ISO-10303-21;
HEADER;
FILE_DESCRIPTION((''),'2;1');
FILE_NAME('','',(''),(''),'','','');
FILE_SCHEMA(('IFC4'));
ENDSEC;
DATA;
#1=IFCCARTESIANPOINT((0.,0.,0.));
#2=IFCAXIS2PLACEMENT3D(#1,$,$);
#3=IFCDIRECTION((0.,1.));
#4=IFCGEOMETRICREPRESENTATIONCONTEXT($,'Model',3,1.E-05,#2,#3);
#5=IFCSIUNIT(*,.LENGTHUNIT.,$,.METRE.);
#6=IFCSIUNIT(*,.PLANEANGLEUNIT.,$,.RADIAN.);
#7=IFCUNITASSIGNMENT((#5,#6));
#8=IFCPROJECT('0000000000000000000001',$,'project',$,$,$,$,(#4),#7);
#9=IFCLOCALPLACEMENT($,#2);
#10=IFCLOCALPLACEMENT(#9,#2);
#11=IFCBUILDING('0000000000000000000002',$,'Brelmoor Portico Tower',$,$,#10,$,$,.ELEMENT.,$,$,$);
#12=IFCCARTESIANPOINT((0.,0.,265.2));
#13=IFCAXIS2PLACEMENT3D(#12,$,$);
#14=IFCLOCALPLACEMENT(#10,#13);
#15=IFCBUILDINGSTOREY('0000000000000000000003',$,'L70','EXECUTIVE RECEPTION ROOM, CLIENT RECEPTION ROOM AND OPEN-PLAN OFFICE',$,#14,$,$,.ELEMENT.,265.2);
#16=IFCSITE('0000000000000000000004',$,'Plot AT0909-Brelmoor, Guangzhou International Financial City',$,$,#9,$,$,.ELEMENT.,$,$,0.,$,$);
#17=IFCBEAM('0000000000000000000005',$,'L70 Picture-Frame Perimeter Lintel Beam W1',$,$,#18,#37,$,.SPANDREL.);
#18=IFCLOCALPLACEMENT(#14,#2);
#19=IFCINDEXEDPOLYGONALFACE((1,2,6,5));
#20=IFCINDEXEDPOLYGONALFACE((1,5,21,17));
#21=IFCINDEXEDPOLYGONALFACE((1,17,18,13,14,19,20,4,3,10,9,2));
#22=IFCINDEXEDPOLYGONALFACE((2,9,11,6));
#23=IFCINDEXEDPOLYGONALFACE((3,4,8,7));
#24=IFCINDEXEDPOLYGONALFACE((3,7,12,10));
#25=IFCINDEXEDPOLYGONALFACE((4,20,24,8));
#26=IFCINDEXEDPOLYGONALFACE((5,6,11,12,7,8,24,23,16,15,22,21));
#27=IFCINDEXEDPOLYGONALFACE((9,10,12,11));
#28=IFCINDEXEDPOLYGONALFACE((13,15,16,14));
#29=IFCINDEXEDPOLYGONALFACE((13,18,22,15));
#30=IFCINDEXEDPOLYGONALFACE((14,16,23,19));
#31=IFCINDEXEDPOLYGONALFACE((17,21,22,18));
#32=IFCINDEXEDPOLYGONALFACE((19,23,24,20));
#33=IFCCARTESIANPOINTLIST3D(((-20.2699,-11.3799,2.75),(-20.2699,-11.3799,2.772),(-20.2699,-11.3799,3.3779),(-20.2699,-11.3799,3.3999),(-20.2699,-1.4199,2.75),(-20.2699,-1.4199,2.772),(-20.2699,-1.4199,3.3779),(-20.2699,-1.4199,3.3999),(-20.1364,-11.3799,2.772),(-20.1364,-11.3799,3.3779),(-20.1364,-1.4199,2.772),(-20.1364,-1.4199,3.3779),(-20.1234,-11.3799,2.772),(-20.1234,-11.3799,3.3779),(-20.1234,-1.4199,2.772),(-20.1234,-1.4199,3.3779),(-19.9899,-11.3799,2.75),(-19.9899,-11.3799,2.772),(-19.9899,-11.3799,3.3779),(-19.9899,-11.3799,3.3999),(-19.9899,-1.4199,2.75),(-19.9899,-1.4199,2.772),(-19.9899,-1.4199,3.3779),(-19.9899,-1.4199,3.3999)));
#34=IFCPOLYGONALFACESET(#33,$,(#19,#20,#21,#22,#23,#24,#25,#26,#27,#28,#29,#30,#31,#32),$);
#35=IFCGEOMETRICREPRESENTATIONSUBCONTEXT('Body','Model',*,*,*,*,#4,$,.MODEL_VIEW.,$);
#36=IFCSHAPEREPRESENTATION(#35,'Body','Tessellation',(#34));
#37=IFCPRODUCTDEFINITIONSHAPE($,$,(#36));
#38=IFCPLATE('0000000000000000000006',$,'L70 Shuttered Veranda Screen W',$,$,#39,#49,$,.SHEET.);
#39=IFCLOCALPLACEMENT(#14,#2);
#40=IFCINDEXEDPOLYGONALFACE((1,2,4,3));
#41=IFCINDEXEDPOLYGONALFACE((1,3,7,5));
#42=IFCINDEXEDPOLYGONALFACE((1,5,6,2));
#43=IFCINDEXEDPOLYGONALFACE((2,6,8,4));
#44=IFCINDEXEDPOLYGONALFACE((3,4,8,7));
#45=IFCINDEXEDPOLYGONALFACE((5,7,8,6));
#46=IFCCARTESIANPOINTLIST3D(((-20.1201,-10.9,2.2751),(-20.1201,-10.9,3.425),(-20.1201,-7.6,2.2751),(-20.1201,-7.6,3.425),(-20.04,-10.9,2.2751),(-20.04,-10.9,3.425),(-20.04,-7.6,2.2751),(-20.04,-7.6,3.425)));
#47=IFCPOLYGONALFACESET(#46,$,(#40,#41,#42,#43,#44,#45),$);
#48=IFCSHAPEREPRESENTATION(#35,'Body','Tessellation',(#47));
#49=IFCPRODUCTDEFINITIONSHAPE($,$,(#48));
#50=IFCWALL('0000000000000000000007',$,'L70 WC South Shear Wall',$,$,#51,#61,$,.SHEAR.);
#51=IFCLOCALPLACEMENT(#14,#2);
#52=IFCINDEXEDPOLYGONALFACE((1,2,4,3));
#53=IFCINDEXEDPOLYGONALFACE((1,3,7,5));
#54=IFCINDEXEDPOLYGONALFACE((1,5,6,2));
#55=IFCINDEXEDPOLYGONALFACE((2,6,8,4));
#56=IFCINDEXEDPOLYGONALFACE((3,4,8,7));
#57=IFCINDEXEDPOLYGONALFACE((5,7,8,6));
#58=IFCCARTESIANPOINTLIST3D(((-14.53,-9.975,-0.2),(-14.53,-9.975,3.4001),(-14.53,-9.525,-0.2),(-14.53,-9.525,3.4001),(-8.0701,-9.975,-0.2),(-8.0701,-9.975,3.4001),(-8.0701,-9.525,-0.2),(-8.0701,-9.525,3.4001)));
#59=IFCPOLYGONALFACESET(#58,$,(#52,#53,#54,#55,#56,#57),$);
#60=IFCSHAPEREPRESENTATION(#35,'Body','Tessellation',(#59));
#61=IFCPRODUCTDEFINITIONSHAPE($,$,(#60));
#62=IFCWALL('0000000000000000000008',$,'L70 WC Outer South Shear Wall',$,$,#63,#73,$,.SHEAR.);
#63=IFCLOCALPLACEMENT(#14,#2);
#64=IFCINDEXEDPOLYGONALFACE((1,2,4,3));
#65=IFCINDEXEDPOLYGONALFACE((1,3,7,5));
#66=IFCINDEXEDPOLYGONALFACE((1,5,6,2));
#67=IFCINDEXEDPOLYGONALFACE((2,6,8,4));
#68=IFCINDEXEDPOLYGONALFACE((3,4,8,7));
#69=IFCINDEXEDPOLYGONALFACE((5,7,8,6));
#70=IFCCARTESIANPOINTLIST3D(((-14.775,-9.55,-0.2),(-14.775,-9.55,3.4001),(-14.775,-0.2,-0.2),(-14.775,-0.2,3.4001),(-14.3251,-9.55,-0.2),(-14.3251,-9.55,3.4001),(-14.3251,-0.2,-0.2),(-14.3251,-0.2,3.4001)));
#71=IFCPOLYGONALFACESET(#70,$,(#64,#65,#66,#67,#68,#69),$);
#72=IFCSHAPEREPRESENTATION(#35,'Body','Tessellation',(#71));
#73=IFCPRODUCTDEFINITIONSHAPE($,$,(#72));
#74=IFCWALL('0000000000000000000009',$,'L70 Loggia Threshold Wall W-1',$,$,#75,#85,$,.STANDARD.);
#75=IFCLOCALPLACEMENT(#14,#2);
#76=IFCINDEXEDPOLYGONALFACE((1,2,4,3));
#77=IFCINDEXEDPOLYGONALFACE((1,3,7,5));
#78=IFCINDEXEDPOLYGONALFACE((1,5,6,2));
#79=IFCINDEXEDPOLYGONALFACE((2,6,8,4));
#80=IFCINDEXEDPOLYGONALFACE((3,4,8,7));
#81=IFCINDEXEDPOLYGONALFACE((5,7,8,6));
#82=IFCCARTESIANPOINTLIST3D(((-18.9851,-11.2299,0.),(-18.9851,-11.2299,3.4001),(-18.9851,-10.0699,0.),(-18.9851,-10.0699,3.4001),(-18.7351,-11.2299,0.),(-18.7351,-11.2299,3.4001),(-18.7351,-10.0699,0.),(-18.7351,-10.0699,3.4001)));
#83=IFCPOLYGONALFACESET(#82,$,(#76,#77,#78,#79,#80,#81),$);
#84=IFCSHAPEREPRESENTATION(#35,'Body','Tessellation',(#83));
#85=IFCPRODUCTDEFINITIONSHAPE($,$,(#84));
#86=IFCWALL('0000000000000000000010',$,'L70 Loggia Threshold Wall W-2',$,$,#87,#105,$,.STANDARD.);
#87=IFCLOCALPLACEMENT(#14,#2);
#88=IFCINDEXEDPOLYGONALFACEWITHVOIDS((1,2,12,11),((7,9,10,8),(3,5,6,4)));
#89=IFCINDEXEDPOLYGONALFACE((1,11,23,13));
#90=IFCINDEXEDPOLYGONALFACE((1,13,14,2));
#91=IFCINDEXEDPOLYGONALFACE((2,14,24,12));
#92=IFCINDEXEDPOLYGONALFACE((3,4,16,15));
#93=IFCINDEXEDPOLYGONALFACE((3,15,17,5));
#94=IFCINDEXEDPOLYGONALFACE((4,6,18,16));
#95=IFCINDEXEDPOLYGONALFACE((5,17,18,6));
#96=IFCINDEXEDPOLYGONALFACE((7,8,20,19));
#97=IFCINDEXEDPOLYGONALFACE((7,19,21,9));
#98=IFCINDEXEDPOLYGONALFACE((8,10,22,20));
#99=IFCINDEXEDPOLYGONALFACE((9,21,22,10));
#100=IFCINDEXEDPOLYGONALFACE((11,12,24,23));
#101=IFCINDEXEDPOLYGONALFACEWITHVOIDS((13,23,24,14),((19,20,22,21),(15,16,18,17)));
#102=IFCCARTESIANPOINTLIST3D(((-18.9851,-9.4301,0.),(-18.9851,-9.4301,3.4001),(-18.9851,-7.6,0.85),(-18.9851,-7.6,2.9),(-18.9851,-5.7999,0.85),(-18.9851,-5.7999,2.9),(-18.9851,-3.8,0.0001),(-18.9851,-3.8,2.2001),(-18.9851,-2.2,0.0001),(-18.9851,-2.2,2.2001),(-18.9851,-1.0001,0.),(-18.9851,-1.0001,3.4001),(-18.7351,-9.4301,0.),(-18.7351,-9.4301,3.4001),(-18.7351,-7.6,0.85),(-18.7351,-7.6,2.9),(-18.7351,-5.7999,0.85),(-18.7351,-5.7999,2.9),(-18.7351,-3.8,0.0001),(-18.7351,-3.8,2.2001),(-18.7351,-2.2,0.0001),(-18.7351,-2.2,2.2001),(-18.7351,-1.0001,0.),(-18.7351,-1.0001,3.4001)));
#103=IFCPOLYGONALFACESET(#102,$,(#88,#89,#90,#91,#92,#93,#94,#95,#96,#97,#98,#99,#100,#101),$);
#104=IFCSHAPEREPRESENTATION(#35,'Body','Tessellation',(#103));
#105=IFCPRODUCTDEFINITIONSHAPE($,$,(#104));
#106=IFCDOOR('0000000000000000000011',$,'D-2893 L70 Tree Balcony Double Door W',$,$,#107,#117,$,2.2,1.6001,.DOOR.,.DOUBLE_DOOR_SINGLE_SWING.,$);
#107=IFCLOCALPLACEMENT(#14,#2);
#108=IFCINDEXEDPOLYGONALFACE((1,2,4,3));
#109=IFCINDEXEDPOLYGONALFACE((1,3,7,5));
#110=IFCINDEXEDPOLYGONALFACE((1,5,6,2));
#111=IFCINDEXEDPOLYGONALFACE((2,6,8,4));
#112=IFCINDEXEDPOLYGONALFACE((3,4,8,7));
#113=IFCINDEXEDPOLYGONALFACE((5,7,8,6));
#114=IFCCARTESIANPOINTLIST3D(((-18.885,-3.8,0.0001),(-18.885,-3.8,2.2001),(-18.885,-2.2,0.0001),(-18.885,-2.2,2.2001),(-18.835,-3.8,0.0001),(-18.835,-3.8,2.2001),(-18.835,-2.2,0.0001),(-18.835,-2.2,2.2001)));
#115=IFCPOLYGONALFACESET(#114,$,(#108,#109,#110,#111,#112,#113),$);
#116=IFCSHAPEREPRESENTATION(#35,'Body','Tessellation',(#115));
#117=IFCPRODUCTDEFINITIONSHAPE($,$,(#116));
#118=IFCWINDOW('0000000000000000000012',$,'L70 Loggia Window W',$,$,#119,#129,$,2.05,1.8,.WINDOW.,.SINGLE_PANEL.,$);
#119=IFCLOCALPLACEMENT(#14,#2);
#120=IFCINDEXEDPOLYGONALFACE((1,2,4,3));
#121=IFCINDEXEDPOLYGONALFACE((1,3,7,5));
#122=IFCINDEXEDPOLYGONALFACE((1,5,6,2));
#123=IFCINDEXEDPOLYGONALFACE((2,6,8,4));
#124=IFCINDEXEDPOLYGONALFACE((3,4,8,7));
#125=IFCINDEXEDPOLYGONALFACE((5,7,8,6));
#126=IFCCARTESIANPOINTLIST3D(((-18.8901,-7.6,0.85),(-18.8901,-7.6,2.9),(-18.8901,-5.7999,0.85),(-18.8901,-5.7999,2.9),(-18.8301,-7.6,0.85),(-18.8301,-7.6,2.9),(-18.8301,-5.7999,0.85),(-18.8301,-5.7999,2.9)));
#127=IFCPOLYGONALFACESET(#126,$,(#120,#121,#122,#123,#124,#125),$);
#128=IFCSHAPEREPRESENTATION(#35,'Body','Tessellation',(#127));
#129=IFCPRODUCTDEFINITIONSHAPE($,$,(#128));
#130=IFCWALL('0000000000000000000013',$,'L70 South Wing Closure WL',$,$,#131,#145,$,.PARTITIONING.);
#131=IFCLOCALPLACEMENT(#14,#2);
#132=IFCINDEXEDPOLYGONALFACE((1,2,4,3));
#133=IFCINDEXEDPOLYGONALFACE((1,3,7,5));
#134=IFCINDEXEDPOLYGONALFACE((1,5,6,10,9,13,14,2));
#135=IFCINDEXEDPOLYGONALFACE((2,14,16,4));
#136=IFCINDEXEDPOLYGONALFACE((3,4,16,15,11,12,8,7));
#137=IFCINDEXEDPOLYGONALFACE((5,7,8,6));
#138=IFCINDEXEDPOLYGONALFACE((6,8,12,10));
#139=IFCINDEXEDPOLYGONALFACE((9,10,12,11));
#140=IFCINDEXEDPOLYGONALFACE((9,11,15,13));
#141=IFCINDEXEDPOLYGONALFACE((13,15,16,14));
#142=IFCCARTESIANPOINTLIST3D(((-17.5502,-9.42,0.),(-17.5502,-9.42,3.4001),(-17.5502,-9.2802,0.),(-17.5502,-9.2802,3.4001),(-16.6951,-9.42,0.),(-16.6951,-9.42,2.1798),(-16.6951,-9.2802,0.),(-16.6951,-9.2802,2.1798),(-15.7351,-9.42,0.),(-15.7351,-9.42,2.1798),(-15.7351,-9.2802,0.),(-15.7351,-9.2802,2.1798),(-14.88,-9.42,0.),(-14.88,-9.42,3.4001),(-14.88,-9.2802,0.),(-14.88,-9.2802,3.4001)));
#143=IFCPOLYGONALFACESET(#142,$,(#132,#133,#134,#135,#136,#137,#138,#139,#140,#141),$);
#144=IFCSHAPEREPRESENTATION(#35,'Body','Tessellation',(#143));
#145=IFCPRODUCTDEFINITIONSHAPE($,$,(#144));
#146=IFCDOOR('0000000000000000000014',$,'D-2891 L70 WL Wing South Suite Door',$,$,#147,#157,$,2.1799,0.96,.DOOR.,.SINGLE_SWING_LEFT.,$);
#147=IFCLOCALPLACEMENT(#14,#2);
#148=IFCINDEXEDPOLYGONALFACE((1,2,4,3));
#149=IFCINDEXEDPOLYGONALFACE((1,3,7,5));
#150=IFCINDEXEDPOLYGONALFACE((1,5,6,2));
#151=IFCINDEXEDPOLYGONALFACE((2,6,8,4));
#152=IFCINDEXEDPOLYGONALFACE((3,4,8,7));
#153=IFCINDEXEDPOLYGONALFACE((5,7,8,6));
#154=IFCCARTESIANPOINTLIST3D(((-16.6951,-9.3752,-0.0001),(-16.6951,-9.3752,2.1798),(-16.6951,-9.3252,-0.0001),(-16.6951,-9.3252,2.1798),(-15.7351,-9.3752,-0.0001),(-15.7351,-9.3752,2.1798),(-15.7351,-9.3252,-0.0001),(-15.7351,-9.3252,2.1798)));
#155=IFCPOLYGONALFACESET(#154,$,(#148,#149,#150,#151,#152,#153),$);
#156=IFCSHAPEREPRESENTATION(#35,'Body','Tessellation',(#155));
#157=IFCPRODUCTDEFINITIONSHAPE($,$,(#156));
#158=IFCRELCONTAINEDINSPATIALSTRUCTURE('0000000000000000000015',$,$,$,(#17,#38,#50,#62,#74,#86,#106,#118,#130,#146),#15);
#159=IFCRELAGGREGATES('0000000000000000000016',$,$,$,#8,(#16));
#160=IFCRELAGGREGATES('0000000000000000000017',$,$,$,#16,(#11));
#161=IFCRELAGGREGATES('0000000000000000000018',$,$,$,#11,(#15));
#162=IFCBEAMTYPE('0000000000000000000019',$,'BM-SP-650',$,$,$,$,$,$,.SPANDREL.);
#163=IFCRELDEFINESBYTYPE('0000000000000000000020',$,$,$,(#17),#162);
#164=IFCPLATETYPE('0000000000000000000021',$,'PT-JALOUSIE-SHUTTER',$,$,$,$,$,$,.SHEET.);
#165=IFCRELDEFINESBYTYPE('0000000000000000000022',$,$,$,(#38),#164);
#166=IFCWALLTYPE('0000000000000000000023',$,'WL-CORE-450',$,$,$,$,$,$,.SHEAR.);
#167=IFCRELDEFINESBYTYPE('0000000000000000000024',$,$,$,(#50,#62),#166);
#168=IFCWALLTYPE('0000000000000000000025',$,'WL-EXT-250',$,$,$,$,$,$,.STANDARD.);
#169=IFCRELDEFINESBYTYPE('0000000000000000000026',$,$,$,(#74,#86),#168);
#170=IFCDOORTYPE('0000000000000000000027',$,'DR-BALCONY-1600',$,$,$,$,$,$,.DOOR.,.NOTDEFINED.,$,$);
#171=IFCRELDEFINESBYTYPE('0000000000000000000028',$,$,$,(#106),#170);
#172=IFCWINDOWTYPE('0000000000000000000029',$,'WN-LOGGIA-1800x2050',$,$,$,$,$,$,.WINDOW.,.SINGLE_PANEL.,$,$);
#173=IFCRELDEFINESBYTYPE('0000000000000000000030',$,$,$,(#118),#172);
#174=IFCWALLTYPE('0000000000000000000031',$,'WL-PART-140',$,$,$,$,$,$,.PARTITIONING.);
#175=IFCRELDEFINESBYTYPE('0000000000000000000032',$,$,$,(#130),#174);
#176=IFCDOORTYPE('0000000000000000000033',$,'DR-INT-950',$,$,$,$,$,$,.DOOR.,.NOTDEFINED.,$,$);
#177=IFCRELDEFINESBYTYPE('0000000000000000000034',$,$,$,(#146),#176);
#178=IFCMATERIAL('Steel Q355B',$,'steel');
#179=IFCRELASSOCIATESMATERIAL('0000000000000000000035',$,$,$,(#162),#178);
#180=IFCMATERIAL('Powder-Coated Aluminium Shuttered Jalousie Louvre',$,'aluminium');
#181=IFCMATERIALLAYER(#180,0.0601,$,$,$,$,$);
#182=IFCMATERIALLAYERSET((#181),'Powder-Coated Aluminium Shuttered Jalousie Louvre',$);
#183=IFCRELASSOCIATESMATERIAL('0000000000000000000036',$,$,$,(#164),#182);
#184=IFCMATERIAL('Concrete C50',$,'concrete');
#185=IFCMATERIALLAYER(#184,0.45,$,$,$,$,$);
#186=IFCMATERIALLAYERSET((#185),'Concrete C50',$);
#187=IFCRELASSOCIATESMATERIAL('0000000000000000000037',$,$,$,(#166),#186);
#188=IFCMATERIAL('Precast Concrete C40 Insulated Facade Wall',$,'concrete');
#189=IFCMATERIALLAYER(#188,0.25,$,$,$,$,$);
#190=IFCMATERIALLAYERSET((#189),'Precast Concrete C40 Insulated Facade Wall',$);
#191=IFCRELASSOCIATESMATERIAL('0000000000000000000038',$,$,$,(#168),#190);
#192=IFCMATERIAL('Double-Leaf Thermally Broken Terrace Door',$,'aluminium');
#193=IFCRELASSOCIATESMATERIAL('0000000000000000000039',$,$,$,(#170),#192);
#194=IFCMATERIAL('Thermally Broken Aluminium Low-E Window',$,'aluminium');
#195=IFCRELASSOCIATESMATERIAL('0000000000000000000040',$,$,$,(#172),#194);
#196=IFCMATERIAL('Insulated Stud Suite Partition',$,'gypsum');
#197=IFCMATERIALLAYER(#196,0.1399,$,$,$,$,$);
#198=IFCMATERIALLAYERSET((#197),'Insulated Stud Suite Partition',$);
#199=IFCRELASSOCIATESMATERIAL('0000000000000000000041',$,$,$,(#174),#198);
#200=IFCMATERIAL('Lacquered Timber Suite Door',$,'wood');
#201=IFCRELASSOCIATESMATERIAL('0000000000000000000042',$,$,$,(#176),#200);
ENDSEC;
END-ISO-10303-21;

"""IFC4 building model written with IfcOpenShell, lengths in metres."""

from ifc_helpers import new_model, si_unit, direction, frame, frame_2d, origin, origin_2d, place, context, subcontext, project, spatial, rectangle, i_section, extrude, material, layer, layer_set, material_profile, profile_set, type_object, element, fill, save


model = new_model("IFC4")

# Units and contexts
model_context = context("Model", 3, precision=1e-05, world=origin(), true_north=direction((0.0, 1.0)))
body_context = subcontext(model_context, "Body", "Model", "MODEL_VIEW")
ifc_project = project(units=[si_unit("LENGTHUNIT", "METRE"), si_unit("PLANEANGLEUNIT", "RADIAN")], contexts=[model_context])

# Site, building, storey
site_placement = place(None, origin())
site = spatial("IfcSite", under=ifc_project, at=site_placement, Name="Plot AT0909-Brelmoor, Guangzhou International Financial City", CompositionType="ELEMENT", RefElevation=0.0)
building_placement = place(site_placement, origin())
building = spatial("IfcBuilding", under=site, at=building_placement, Name="Brelmoor Portico Tower", CompositionType="ELEMENT")
storey_placement = place(building_placement, frame((0.0, 0.0, 265.2)))
storey = spatial("IfcBuildingStorey", under=building, at=storey_placement, Name="L70", Description="EXECUTIVE RECEPTION ROOM, CLIENT RECEPTION ROOM AND OPEN-PLAN OFFICE", CompositionType="ELEMENT", Elevation=265.2)

# Shared definitions
ifc_material_1 = material(Name="Steel Q355B", Category="steel")

# Beam
ifc_material_profile_1 = material_profile(ifc_material_1, i_section(OverallWidth=0.28, OverallDepth=0.6499, WebThickness=0.0129, FlangeThickness=0.022, at=origin_2d()), Name="HN 650x280x13x22")
ifc_profile_set_1 = profile_set([ifc_material_profile_1], Name="Steel Q355B")
beam_type_1 = type_object("IfcBeamType", Name="BM-SP-650", PredefinedType="SPANDREL", material=ifc_profile_set_1)
beam_1_placement = place(storey_placement, frame((-20.1299, -11.3799, 3.075), z_axis=(0.0, 1.0, 0.0), x_axis=(-1.0, 0.0, 0.0)))
element("IfcBeam", 1, at=beam_1_placement, inside=storey, type_object=beam_type_1, Name="L70 Picture-Frame Perimeter Lintel Beam W1", PredefinedType="SPANDREL", context=body_context, shape_type="SweptSolid", body=[
    extrude(i_section(OverallWidth=0.28, OverallDepth=0.6499, WebThickness=0.0129, FlangeThickness=0.022, at=origin_2d()), origin(), (0.0, 0.0, 1.0), 9.96),
])

# Plate
ifc_material_2 = material(Name="Powder-Coated Aluminium Shuttered Jalousie Louvre", Category="aluminium")
ifc_layer_1 = layer(ifc_material_2, 0.0601)
ifc_layer_set_1 = layer_set([ifc_layer_1], Name="Powder-Coated Aluminium Shuttered Jalousie Louvre")
plate_type = type_object("IfcPlateType", Name="PT-JALOUSIE-SHUTTER", PredefinedType="SHEET", material=ifc_layer_set_1)
plate_placement = place(storey_placement, frame((-20.0801, -9.25, 2.2751), z_axis=(0.0, 0.0, 1.0), x_axis=(0.0, 1.0, 0.0)))
element("IfcPlate", 2, at=plate_placement, inside=storey, type_object=plate_type, Name="L70 Shuttered Veranda Screen W", PredefinedType="SHEET", context=body_context, shape_type="SweptSolid", body=[
    extrude(rectangle(XDim=3.3, YDim=0.0801, at=origin_2d()), origin(), (0.0, 0.0, 1.0), 1.1499),
])

# Walls
ifc_material_3 = material(Name="Concrete C50", Category="concrete")
ifc_layer_2 = layer(ifc_material_3, 0.45)
ifc_layer_set_2 = layer_set([ifc_layer_2], Name="Concrete C50")
wall_type_1 = type_object("IfcWallType", Name="WL-CORE-450", PredefinedType="SHEAR", material=ifc_layer_set_2)
wall_1_placement = place(storey_placement, frame((-14.53, -9.75, -0.2), z_axis=(0.0, 0.0, 1.0), x_axis=(1.0, 0.0, 0.0)))
element("IfcWall", 3, at=wall_1_placement, inside=storey, type_object=wall_type_1, Name="L70 WC South Shear Wall", PredefinedType="SHEAR", context=body_context, shape_type="SweptSolid", body=[
    extrude(rectangle(XDim=6.46, YDim=0.45, at=frame_2d((3.23, 0.0))), origin(), (0.0, 0.0, 1.0), 3.6001),
])
wall_2_placement = place(storey_placement, frame((-14.55, -9.55, -0.2), z_axis=(0.0, 0.0, 1.0), x_axis=(0.0, 1.0, 0.0)))
element("IfcWall", 4, at=wall_2_placement, inside=storey, type_object=wall_type_1, Name="L70 WC Outer South Shear Wall", PredefinedType="SHEAR", context=body_context, shape_type="SweptSolid", body=[
    extrude(rectangle(XDim=9.3501, YDim=0.45, at=frame_2d((4.675, 0.0))), origin(), (0.0, 0.0, 1.0), 3.6001),
])
ifc_material_4 = material(Name="Precast Concrete C40 Insulated Facade Wall", Category="concrete")
ifc_layer_3 = layer(ifc_material_4, 0.25)
ifc_layer_set_3 = layer_set([ifc_layer_3], Name="Precast Concrete C40 Insulated Facade Wall")
wall_type_2 = type_object("IfcWallType", Name="WL-EXT-250", PredefinedType="STANDARD", material=ifc_layer_set_3)
wall_3_placement = place(storey_placement, frame((-18.8601, -11.23, 0.0), z_axis=(0.0, 0.0, 1.0), x_axis=(0.0, 1.0, 0.0)))
element("IfcWall", 5, at=wall_3_placement, inside=storey, type_object=wall_type_2, Name="L70 Loggia Threshold Wall W-1", PredefinedType="STANDARD", context=body_context, shape_type="SweptSolid", body=[
    extrude(rectangle(XDim=1.1599, YDim=0.25, at=frame_2d((0.5801, 0.0))), origin(), (0.0, 0.0, 1.0), 3.4001),
])

# Wall, openings, door, window
wall_4_placement = place(storey_placement, frame((-18.8601, -9.4299, 0.0), z_axis=(0.0, 0.0, 1.0), x_axis=(0.0, 1.0, 0.0)))
wall_4 = element("IfcWall", 6, at=wall_4_placement, inside=storey, type_object=wall_type_2, Name="L70 Loggia Threshold Wall W-2", PredefinedType="STANDARD", context=body_context, shape_type="SweptSolid", body=[
    extrude(rectangle(XDim=8.4299, YDim=0.25, at=frame_2d((4.2148, 0.0))), origin(), (0.0, 0.0, 1.0), 3.4001),
])
opening_1_placement = place(wall_4_placement, frame((5.6299, 0.0, 0.0)))
opening_1 = element("IfcOpeningElement", 7, at=opening_1_placement, cuts=wall_4, PredefinedType="OPENING", context=body_context, shape_type="SweptSolid", body=[
    extrude(rectangle(XDim=1.6001, YDim=2.2, at=frame_2d((0.8, 1.1001))), frame((0.0, 0.135, 0.0), z_axis=(0.0, -1.0, 0.0), x_axis=(1.0, 0.0, 0.0)), (0.0, 0.0, 1.0), 0.27),
])
opening_2_placement = place(wall_4_placement, frame((1.8301, 0.0, 0.8501)))
opening_2 = element("IfcOpeningElement", 8, at=opening_2_placement, cuts=wall_4, PredefinedType="OPENING", context=body_context, shape_type="SweptSolid", body=[
    extrude(rectangle(XDim=1.8, YDim=2.05, at=frame_2d((0.8999, 1.0249))), frame((0.0, 0.135, 0.0), z_axis=(0.0, -1.0, 0.0), x_axis=(1.0, 0.0, 0.0)), (0.0, 0.0, 1.0), 0.27),
])
ifc_material_5 = material(Name="Double-Leaf Thermally Broken Terrace Door", Category="aluminium")
door_type_1 = type_object("IfcDoorType", Name="DR-BALCONY-1600", OperationType="NOTDEFINED", PredefinedType="DOOR", material=ifc_material_5)
door_1_placement = place(opening_1_placement, origin())
door_1 = element("IfcDoor", 9, at=door_1_placement, inside=storey, type_object=door_type_1, Name="D-2893 L70 Tree Balcony Double Door W", OperationType="DOUBLE_DOOR_SINGLE_SWING", OverallHeight=2.2, OverallWidth=1.6001, PredefinedType="DOOR", context=body_context, shape_type="SweptSolid", body=[
    extrude(rectangle(XDim=1.6001, YDim=2.2, at=frame_2d((0.8, 1.1001))), frame((0.0, 0.0249, 0.0), z_axis=(0.0, -1.0, 0.0), x_axis=(1.0, 0.0, 0.0)), (0.0, 0.0, 1.0), 0.05),
])
fill(opening_1, door_1)
ifc_material_6 = material(Name="Thermally Broken Aluminium Low-E Window", Category="aluminium")
window_type = type_object("IfcWindowType", Name="WN-LOGGIA-1800x2050", PartitioningType="SINGLE_PANEL", PredefinedType="WINDOW", material=ifc_material_6)
window_placement = place(opening_2_placement, origin())
window = element("IfcWindow", 10, at=window_placement, inside=storey, type_object=window_type, Name="L70 Loggia Window W", OverallHeight=2.05, OverallWidth=1.8, PartitioningType="SINGLE_PANEL", PredefinedType="WINDOW", context=body_context, shape_type="SweptSolid", body=[
    extrude(rectangle(XDim=1.8, YDim=2.05, at=frame_2d((0.8999, 1.0249))), frame((0.0, 0.03, 0.0), z_axis=(0.0, -1.0, 0.0), x_axis=(1.0, 0.0, 0.0)), (0.0, 0.0, 1.0), 0.0601),
])
fill(opening_2, window)

# Wall, opening, door
ifc_material_7 = material(Name="Insulated Stud Suite Partition", Category="gypsum")
ifc_layer_4 = layer(ifc_material_7, 0.1399)
ifc_layer_set_4 = layer_set([ifc_layer_4], Name="Insulated Stud Suite Partition")
wall_type_3 = type_object("IfcWallType", Name="WL-PART-140", PredefinedType="PARTITIONING", material=ifc_layer_set_4)
wall_5_placement = place(storey_placement, frame((-17.55, -9.3501, 0.0), z_axis=(0.0, 0.0, 1.0), x_axis=(1.0, 0.0, 0.0)))
wall_5 = element("IfcWall", 11, at=wall_5_placement, inside=storey, type_object=wall_type_3, Name="L70 South Wing Closure WL", PredefinedType="PARTITIONING", context=body_context, shape_type="SweptSolid", body=[
    extrude(rectangle(XDim=2.6702, YDim=0.1399, at=frame_2d((1.335, 0.0))), origin(), (0.0, 0.0, 1.0), 3.4001),
])
opening_3_placement = place(wall_5_placement, frame((0.855, 0.0, 0.0)))
opening_3 = element("IfcOpeningElement", 12, at=opening_3_placement, cuts=wall_5, PredefinedType="OPENING", context=body_context, shape_type="SweptSolid", body=[
    extrude(rectangle(XDim=0.96, YDim=2.1799, at=frame_2d((0.48, 1.0898))), frame((0.0, 0.0798, 0.0), z_axis=(0.0, -1.0, 0.0), x_axis=(1.0, 0.0, 0.0)), (0.0, 0.0, 1.0), 0.1599),
])
ifc_material_8 = material(Name="Lacquered Timber Suite Door", Category="wood")
door_type_2 = type_object("IfcDoorType", Name="DR-INT-950", OperationType="NOTDEFINED", PredefinedType="DOOR", material=ifc_material_8)
door_2_placement = place(opening_3_placement, origin())
door_2 = element("IfcDoor", 13, at=door_2_placement, inside=storey, type_object=door_type_2, Name="D-2891 L70 WL Wing South Suite Door", OperationType="SINGLE_SWING_LEFT", OverallHeight=2.1799, OverallWidth=0.96, PredefinedType="DOOR", context=body_context, shape_type="SweptSolid", body=[
    extrude(rectangle(XDim=0.96, YDim=2.1799, at=frame_2d((0.48, 1.0898))), frame((0.0, 0.0249, 0.0), z_axis=(0.0, -1.0, 0.0), x_axis=(1.0, 0.0, 0.0)), (0.0, 0.0, 1.0), 0.05),
])
fill(opening_3, door_2)

save(model, "model.ifc")
